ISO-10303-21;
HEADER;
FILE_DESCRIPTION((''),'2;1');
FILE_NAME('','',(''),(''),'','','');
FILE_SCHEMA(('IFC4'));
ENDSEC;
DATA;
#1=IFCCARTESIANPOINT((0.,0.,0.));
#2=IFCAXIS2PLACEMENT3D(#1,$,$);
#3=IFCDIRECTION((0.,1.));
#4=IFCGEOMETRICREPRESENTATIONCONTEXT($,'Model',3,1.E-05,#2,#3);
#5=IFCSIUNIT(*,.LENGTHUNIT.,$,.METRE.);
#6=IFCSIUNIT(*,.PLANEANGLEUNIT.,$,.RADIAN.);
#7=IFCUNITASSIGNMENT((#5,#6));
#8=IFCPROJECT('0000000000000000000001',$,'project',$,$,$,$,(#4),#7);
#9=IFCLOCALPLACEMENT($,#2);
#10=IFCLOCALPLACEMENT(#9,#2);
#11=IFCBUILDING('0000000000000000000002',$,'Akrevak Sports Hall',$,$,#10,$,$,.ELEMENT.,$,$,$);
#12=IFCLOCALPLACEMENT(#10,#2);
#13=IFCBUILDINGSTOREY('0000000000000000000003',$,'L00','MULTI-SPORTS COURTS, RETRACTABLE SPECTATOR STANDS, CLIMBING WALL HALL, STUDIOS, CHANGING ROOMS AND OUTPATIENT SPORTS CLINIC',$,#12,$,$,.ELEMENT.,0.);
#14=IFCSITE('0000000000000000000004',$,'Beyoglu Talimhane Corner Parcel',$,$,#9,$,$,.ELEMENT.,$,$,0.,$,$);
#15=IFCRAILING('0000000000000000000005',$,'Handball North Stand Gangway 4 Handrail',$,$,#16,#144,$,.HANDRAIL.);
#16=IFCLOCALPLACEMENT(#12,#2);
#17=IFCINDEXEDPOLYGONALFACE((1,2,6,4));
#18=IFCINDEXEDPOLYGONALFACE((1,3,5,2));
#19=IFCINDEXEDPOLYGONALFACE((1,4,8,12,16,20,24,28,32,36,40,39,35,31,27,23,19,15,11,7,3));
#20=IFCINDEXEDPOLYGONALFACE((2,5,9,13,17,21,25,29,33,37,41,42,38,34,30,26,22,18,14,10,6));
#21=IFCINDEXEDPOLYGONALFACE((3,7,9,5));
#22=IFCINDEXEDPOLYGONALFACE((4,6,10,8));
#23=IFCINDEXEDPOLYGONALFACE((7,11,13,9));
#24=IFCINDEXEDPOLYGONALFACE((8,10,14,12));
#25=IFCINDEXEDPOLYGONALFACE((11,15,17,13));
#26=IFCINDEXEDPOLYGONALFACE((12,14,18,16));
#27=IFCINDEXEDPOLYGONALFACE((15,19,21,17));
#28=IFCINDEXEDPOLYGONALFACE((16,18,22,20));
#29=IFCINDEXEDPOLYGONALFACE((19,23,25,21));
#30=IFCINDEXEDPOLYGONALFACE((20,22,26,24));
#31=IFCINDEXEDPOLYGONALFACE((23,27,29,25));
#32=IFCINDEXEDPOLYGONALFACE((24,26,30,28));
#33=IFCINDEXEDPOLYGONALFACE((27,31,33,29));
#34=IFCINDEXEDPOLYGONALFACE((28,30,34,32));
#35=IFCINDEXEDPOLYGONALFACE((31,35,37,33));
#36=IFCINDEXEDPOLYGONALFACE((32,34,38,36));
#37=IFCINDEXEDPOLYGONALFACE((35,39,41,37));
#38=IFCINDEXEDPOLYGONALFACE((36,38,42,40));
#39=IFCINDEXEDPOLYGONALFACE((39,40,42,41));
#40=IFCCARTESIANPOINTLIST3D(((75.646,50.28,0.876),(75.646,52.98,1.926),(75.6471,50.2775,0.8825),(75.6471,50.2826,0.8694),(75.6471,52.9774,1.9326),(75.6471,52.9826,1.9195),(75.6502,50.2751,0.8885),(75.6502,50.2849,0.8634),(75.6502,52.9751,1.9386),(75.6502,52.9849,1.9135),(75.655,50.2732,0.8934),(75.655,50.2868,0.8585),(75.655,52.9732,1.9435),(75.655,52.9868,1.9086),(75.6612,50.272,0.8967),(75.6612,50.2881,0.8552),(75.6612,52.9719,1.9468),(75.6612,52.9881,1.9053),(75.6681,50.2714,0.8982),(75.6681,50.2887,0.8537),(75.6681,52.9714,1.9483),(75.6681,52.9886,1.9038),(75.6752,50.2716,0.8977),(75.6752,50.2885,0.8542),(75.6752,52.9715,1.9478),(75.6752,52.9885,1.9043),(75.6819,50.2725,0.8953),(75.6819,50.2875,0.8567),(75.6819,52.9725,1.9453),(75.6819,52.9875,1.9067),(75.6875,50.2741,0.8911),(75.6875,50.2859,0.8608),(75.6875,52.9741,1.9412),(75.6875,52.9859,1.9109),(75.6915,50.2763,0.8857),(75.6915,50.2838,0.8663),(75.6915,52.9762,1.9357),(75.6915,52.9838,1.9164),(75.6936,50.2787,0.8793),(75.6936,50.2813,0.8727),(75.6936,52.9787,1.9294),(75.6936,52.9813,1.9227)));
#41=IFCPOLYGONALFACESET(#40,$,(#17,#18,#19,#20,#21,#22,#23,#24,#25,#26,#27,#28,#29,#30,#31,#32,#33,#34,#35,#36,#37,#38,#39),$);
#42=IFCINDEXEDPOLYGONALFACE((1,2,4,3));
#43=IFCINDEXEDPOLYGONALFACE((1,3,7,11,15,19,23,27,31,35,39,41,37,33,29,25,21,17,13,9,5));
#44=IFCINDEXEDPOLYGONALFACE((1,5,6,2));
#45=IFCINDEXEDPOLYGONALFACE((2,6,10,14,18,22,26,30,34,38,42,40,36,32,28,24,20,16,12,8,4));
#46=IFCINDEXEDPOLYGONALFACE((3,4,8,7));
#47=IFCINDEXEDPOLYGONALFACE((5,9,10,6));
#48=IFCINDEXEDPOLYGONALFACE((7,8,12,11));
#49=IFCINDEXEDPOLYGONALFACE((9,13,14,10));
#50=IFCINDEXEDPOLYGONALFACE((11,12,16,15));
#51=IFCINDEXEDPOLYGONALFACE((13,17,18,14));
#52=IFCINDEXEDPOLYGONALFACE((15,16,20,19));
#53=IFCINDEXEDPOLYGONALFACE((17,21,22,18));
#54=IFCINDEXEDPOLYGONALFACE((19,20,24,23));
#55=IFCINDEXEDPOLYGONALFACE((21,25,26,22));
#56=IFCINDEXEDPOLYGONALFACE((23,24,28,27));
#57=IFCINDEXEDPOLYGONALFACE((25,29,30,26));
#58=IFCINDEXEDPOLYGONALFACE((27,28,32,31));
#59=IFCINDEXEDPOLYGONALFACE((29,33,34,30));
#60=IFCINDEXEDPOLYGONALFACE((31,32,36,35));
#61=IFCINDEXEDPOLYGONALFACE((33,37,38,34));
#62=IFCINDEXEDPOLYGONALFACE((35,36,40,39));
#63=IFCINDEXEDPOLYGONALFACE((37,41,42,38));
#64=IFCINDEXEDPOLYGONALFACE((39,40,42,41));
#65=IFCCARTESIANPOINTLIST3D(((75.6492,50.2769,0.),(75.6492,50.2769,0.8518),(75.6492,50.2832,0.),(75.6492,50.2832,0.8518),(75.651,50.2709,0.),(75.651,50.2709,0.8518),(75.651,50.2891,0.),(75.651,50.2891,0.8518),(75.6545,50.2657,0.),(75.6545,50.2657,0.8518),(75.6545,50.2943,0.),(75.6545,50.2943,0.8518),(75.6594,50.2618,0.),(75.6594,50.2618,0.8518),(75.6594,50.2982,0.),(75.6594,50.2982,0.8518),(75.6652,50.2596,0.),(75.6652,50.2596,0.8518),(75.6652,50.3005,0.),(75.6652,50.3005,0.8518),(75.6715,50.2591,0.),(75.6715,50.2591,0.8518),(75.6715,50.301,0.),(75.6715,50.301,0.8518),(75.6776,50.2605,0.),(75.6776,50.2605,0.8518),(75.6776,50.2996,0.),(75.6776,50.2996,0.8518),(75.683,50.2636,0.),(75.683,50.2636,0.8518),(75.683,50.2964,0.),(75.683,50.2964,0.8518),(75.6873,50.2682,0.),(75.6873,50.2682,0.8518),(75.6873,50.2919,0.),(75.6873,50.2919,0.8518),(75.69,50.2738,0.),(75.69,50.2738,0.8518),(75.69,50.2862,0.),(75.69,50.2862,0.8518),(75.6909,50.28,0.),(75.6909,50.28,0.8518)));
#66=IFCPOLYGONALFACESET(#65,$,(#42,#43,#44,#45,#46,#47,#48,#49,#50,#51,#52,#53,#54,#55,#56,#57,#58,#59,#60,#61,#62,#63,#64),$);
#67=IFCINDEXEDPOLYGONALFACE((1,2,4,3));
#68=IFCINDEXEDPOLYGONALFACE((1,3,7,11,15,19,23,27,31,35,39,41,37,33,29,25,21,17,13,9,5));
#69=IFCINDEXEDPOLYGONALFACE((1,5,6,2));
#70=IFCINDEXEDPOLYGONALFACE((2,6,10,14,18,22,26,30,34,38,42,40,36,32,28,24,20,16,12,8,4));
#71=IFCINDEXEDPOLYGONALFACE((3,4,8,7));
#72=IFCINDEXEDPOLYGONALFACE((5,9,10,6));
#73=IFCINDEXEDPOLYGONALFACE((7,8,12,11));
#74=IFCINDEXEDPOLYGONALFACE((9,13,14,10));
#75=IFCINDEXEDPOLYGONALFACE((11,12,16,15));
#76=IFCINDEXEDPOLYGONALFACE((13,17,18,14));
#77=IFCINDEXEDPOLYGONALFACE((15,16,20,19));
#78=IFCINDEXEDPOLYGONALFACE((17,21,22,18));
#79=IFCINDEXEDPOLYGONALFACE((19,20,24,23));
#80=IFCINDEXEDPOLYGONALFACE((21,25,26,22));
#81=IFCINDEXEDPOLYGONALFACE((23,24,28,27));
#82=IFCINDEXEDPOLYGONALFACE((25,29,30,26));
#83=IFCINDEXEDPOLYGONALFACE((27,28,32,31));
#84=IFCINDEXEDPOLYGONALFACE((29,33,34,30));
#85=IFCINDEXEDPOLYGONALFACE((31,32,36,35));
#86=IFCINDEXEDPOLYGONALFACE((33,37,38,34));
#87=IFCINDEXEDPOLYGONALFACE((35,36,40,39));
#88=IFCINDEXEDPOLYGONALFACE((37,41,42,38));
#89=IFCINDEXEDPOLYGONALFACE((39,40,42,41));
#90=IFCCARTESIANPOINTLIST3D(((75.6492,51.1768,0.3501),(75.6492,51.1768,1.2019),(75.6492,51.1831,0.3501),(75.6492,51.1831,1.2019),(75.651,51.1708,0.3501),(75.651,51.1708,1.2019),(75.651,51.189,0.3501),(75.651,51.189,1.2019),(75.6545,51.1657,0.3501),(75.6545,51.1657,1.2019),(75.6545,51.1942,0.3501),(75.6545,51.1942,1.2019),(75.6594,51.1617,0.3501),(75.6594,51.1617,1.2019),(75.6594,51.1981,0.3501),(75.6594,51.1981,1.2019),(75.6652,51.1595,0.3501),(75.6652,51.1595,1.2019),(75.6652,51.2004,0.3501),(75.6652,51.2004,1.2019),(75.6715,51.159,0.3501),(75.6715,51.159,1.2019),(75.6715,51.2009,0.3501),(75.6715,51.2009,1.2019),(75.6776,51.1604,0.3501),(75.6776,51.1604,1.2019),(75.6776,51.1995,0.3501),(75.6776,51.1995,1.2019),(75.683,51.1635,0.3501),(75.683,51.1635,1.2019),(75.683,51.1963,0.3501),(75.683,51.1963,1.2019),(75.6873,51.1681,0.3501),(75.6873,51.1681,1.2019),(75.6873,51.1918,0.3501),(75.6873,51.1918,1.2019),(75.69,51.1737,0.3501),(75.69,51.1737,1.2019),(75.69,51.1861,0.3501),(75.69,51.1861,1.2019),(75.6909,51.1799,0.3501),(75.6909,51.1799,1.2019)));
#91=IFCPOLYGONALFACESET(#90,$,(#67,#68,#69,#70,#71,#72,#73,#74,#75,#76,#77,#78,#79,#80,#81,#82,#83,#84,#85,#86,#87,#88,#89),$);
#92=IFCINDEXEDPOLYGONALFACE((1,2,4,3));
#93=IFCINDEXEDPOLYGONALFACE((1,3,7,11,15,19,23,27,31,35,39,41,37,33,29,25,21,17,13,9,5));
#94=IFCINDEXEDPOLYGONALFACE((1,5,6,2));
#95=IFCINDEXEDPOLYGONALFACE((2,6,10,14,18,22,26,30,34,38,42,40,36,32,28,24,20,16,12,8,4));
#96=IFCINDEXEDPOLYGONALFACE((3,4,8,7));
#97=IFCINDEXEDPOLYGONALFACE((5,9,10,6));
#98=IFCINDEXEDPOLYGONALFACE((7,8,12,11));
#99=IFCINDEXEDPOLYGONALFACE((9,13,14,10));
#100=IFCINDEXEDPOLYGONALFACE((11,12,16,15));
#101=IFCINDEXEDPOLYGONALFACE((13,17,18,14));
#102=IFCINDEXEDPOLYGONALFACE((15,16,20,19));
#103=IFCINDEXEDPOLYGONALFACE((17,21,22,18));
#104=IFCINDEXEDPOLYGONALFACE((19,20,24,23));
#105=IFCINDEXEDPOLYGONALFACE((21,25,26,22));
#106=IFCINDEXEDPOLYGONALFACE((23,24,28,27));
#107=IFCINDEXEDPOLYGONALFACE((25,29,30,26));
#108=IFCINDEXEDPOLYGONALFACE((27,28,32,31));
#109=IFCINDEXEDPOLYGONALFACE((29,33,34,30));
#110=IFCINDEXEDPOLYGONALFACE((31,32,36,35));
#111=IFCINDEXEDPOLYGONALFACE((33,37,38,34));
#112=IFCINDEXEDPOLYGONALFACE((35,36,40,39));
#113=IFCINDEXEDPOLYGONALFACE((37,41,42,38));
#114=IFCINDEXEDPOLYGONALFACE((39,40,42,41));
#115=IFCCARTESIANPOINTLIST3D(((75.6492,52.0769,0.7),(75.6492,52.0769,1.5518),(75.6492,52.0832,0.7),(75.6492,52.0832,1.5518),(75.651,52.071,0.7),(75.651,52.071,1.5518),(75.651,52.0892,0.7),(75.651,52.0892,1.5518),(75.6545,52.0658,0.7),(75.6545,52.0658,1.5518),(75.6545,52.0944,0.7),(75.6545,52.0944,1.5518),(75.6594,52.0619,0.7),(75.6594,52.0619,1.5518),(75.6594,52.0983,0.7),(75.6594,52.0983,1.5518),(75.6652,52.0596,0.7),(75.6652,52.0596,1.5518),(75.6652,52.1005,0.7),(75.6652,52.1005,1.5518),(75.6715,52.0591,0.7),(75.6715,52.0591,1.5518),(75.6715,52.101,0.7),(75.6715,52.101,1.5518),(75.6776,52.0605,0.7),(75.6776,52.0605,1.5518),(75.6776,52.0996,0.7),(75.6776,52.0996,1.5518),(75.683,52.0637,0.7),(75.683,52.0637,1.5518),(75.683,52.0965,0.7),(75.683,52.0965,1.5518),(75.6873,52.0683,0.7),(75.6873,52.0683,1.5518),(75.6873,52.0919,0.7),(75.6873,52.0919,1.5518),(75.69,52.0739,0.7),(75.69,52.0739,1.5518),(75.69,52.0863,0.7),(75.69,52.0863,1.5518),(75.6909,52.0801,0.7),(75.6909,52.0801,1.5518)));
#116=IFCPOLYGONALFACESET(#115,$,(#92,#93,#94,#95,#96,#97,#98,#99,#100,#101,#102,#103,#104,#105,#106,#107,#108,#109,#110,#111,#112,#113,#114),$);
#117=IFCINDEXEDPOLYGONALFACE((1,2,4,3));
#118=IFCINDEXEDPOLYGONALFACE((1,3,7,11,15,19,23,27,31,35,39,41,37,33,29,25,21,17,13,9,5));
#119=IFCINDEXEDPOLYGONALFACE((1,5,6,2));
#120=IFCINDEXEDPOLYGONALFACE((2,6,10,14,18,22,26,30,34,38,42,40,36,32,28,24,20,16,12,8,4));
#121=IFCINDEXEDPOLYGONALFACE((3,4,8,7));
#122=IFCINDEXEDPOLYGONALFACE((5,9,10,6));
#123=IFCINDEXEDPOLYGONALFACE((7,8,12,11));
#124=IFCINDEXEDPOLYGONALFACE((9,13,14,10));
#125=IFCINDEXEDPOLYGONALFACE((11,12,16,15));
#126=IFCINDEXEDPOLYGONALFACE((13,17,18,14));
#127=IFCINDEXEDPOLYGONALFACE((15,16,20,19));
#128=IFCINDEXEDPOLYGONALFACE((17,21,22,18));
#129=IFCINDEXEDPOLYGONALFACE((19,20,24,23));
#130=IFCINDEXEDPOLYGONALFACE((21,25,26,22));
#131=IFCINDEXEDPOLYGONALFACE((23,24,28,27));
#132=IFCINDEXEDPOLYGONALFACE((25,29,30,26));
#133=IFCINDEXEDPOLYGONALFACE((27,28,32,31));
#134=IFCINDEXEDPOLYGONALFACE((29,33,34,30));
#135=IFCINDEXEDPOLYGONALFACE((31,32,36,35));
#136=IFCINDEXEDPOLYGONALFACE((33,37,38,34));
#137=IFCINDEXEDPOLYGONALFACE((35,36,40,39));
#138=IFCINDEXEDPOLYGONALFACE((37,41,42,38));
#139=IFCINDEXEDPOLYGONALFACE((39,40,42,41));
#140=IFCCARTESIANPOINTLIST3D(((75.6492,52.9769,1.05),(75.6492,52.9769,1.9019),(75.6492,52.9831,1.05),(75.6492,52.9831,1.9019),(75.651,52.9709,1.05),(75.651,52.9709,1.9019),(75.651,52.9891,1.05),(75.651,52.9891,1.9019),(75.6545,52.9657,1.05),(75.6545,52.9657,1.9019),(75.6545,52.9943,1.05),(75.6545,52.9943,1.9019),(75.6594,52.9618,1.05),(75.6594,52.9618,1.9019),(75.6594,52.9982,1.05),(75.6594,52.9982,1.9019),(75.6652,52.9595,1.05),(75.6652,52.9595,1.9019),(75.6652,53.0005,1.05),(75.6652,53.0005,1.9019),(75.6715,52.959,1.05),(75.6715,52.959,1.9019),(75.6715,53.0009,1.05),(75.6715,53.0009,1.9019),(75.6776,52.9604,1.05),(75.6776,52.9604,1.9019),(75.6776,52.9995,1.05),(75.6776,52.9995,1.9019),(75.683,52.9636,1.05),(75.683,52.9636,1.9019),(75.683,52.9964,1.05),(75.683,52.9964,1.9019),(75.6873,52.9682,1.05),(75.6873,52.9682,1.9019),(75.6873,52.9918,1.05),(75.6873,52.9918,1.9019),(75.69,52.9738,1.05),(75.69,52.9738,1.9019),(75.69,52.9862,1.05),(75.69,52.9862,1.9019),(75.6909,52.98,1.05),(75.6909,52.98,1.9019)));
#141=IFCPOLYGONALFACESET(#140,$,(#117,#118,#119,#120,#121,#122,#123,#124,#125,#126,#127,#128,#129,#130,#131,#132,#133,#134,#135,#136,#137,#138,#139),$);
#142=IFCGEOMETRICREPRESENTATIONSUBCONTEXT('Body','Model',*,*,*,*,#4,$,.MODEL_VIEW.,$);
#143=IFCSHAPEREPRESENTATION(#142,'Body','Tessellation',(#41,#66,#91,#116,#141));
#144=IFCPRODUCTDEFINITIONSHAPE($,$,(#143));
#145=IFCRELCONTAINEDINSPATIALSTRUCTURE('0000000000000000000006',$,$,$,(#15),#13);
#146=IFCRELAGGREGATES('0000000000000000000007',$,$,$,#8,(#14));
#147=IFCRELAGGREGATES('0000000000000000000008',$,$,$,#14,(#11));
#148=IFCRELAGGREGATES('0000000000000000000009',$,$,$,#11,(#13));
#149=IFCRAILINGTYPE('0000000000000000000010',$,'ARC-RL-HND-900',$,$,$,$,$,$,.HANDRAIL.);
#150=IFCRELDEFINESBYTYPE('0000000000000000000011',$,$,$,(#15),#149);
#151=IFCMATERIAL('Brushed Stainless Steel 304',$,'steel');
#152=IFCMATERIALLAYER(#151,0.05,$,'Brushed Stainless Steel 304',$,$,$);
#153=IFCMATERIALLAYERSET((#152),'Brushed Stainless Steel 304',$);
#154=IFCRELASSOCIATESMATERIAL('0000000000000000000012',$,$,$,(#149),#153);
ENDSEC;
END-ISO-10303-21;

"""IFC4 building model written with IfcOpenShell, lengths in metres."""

from ifc_helpers import new_model, si_unit, direction, frame, origin, origin_2d, place, context, subcontext, project, spatial, circle, extrude, material, layer, layer_set, type_object, element, save


model = new_model("IFC4")

# Units and contexts
model_context = context("Model", 3, precision=1e-05, world=origin(), true_north=direction((0.0, 1.0)))
body_context = subcontext(model_context, "Body", "Model", "MODEL_VIEW")
ifc_project = project(units=[si_unit("LENGTHUNIT", "METRE"), si_unit("PLANEANGLEUNIT", "RADIAN")], contexts=[model_context])

# Site, building, storey
site_placement = place(None, origin())
site = spatial("IfcSite", under=ifc_project, at=site_placement, Name="Beyoglu Talimhane Corner Parcel", CompositionType="ELEMENT", RefElevation=0.0)
building_placement = place(site_placement, origin())
building = spatial("IfcBuilding", under=site, at=building_placement, Name="Akrevak Sports Hall", CompositionType="ELEMENT")
storey_placement = place(building_placement, origin())
storey = spatial("IfcBuildingStorey", under=building, at=storey_placement, Name="L00", Description="MULTI-SPORTS COURTS, RETRACTABLE SPECTATOR STANDS, CLIMBING WALL HALL, STUDIOS, CHANGING ROOMS AND OUTPATIENT SPORTS CLINIC", CompositionType="ELEMENT", Elevation=0.0)

# Railing
ifc_material_1 = material(Name="Brushed Stainless Steel 304", Category="steel")
ifc_layer_1 = layer(ifc_material_1, 0.05, Name="Brushed Stainless Steel 304")
ifc_layer_set_1 = layer_set([ifc_layer_1], Name="Brushed Stainless Steel 304")
railing_type_1 = type_object("IfcRailingType", Name="ARC-RL-HND-900", PredefinedType="HANDRAIL", material=ifc_layer_set_1)
railing_1_placement = place(storey_placement, frame((75.6699, 50.28, 0.0)))
element("IfcRailing", 1, at=railing_1_placement, inside=storey, type_object=railing_type_1, Name="Handball North Stand Gangway 4 Handrail", PredefinedType="HANDRAIL", context=body_context, shape_type="SweptSolid", body=[
    extrude(circle(Radius=0.0239, at=origin_2d()), frame((0.0, 0.0, 0.876), z_axis=(0.0, 0.931997, 0.362467), x_axis=(-1.0, 0.0, 0.0)), (0.0, 0.0, 1.0), 2.897),
    extrude(circle(Radius=0.021, at=origin_2d()), origin(), (0.0, 0.0, 1.0), 0.8518),
    extrude(circle(Radius=0.021, at=origin_2d()), frame((0.0, 0.8999, 0.3501)), (0.0, 0.0, 1.0), 0.8518),
    extrude(circle(Radius=0.021, at=origin_2d()), frame((0.0, 1.8, 0.7)), (0.0, 0.0, 1.0), 0.8518),
    extrude(circle(Radius=0.021, at=origin_2d()), frame((0.0, 2.7, 1.05)), (0.0, 0.0, 1.0), 0.8518),
])

save(model, "model.ifc")
